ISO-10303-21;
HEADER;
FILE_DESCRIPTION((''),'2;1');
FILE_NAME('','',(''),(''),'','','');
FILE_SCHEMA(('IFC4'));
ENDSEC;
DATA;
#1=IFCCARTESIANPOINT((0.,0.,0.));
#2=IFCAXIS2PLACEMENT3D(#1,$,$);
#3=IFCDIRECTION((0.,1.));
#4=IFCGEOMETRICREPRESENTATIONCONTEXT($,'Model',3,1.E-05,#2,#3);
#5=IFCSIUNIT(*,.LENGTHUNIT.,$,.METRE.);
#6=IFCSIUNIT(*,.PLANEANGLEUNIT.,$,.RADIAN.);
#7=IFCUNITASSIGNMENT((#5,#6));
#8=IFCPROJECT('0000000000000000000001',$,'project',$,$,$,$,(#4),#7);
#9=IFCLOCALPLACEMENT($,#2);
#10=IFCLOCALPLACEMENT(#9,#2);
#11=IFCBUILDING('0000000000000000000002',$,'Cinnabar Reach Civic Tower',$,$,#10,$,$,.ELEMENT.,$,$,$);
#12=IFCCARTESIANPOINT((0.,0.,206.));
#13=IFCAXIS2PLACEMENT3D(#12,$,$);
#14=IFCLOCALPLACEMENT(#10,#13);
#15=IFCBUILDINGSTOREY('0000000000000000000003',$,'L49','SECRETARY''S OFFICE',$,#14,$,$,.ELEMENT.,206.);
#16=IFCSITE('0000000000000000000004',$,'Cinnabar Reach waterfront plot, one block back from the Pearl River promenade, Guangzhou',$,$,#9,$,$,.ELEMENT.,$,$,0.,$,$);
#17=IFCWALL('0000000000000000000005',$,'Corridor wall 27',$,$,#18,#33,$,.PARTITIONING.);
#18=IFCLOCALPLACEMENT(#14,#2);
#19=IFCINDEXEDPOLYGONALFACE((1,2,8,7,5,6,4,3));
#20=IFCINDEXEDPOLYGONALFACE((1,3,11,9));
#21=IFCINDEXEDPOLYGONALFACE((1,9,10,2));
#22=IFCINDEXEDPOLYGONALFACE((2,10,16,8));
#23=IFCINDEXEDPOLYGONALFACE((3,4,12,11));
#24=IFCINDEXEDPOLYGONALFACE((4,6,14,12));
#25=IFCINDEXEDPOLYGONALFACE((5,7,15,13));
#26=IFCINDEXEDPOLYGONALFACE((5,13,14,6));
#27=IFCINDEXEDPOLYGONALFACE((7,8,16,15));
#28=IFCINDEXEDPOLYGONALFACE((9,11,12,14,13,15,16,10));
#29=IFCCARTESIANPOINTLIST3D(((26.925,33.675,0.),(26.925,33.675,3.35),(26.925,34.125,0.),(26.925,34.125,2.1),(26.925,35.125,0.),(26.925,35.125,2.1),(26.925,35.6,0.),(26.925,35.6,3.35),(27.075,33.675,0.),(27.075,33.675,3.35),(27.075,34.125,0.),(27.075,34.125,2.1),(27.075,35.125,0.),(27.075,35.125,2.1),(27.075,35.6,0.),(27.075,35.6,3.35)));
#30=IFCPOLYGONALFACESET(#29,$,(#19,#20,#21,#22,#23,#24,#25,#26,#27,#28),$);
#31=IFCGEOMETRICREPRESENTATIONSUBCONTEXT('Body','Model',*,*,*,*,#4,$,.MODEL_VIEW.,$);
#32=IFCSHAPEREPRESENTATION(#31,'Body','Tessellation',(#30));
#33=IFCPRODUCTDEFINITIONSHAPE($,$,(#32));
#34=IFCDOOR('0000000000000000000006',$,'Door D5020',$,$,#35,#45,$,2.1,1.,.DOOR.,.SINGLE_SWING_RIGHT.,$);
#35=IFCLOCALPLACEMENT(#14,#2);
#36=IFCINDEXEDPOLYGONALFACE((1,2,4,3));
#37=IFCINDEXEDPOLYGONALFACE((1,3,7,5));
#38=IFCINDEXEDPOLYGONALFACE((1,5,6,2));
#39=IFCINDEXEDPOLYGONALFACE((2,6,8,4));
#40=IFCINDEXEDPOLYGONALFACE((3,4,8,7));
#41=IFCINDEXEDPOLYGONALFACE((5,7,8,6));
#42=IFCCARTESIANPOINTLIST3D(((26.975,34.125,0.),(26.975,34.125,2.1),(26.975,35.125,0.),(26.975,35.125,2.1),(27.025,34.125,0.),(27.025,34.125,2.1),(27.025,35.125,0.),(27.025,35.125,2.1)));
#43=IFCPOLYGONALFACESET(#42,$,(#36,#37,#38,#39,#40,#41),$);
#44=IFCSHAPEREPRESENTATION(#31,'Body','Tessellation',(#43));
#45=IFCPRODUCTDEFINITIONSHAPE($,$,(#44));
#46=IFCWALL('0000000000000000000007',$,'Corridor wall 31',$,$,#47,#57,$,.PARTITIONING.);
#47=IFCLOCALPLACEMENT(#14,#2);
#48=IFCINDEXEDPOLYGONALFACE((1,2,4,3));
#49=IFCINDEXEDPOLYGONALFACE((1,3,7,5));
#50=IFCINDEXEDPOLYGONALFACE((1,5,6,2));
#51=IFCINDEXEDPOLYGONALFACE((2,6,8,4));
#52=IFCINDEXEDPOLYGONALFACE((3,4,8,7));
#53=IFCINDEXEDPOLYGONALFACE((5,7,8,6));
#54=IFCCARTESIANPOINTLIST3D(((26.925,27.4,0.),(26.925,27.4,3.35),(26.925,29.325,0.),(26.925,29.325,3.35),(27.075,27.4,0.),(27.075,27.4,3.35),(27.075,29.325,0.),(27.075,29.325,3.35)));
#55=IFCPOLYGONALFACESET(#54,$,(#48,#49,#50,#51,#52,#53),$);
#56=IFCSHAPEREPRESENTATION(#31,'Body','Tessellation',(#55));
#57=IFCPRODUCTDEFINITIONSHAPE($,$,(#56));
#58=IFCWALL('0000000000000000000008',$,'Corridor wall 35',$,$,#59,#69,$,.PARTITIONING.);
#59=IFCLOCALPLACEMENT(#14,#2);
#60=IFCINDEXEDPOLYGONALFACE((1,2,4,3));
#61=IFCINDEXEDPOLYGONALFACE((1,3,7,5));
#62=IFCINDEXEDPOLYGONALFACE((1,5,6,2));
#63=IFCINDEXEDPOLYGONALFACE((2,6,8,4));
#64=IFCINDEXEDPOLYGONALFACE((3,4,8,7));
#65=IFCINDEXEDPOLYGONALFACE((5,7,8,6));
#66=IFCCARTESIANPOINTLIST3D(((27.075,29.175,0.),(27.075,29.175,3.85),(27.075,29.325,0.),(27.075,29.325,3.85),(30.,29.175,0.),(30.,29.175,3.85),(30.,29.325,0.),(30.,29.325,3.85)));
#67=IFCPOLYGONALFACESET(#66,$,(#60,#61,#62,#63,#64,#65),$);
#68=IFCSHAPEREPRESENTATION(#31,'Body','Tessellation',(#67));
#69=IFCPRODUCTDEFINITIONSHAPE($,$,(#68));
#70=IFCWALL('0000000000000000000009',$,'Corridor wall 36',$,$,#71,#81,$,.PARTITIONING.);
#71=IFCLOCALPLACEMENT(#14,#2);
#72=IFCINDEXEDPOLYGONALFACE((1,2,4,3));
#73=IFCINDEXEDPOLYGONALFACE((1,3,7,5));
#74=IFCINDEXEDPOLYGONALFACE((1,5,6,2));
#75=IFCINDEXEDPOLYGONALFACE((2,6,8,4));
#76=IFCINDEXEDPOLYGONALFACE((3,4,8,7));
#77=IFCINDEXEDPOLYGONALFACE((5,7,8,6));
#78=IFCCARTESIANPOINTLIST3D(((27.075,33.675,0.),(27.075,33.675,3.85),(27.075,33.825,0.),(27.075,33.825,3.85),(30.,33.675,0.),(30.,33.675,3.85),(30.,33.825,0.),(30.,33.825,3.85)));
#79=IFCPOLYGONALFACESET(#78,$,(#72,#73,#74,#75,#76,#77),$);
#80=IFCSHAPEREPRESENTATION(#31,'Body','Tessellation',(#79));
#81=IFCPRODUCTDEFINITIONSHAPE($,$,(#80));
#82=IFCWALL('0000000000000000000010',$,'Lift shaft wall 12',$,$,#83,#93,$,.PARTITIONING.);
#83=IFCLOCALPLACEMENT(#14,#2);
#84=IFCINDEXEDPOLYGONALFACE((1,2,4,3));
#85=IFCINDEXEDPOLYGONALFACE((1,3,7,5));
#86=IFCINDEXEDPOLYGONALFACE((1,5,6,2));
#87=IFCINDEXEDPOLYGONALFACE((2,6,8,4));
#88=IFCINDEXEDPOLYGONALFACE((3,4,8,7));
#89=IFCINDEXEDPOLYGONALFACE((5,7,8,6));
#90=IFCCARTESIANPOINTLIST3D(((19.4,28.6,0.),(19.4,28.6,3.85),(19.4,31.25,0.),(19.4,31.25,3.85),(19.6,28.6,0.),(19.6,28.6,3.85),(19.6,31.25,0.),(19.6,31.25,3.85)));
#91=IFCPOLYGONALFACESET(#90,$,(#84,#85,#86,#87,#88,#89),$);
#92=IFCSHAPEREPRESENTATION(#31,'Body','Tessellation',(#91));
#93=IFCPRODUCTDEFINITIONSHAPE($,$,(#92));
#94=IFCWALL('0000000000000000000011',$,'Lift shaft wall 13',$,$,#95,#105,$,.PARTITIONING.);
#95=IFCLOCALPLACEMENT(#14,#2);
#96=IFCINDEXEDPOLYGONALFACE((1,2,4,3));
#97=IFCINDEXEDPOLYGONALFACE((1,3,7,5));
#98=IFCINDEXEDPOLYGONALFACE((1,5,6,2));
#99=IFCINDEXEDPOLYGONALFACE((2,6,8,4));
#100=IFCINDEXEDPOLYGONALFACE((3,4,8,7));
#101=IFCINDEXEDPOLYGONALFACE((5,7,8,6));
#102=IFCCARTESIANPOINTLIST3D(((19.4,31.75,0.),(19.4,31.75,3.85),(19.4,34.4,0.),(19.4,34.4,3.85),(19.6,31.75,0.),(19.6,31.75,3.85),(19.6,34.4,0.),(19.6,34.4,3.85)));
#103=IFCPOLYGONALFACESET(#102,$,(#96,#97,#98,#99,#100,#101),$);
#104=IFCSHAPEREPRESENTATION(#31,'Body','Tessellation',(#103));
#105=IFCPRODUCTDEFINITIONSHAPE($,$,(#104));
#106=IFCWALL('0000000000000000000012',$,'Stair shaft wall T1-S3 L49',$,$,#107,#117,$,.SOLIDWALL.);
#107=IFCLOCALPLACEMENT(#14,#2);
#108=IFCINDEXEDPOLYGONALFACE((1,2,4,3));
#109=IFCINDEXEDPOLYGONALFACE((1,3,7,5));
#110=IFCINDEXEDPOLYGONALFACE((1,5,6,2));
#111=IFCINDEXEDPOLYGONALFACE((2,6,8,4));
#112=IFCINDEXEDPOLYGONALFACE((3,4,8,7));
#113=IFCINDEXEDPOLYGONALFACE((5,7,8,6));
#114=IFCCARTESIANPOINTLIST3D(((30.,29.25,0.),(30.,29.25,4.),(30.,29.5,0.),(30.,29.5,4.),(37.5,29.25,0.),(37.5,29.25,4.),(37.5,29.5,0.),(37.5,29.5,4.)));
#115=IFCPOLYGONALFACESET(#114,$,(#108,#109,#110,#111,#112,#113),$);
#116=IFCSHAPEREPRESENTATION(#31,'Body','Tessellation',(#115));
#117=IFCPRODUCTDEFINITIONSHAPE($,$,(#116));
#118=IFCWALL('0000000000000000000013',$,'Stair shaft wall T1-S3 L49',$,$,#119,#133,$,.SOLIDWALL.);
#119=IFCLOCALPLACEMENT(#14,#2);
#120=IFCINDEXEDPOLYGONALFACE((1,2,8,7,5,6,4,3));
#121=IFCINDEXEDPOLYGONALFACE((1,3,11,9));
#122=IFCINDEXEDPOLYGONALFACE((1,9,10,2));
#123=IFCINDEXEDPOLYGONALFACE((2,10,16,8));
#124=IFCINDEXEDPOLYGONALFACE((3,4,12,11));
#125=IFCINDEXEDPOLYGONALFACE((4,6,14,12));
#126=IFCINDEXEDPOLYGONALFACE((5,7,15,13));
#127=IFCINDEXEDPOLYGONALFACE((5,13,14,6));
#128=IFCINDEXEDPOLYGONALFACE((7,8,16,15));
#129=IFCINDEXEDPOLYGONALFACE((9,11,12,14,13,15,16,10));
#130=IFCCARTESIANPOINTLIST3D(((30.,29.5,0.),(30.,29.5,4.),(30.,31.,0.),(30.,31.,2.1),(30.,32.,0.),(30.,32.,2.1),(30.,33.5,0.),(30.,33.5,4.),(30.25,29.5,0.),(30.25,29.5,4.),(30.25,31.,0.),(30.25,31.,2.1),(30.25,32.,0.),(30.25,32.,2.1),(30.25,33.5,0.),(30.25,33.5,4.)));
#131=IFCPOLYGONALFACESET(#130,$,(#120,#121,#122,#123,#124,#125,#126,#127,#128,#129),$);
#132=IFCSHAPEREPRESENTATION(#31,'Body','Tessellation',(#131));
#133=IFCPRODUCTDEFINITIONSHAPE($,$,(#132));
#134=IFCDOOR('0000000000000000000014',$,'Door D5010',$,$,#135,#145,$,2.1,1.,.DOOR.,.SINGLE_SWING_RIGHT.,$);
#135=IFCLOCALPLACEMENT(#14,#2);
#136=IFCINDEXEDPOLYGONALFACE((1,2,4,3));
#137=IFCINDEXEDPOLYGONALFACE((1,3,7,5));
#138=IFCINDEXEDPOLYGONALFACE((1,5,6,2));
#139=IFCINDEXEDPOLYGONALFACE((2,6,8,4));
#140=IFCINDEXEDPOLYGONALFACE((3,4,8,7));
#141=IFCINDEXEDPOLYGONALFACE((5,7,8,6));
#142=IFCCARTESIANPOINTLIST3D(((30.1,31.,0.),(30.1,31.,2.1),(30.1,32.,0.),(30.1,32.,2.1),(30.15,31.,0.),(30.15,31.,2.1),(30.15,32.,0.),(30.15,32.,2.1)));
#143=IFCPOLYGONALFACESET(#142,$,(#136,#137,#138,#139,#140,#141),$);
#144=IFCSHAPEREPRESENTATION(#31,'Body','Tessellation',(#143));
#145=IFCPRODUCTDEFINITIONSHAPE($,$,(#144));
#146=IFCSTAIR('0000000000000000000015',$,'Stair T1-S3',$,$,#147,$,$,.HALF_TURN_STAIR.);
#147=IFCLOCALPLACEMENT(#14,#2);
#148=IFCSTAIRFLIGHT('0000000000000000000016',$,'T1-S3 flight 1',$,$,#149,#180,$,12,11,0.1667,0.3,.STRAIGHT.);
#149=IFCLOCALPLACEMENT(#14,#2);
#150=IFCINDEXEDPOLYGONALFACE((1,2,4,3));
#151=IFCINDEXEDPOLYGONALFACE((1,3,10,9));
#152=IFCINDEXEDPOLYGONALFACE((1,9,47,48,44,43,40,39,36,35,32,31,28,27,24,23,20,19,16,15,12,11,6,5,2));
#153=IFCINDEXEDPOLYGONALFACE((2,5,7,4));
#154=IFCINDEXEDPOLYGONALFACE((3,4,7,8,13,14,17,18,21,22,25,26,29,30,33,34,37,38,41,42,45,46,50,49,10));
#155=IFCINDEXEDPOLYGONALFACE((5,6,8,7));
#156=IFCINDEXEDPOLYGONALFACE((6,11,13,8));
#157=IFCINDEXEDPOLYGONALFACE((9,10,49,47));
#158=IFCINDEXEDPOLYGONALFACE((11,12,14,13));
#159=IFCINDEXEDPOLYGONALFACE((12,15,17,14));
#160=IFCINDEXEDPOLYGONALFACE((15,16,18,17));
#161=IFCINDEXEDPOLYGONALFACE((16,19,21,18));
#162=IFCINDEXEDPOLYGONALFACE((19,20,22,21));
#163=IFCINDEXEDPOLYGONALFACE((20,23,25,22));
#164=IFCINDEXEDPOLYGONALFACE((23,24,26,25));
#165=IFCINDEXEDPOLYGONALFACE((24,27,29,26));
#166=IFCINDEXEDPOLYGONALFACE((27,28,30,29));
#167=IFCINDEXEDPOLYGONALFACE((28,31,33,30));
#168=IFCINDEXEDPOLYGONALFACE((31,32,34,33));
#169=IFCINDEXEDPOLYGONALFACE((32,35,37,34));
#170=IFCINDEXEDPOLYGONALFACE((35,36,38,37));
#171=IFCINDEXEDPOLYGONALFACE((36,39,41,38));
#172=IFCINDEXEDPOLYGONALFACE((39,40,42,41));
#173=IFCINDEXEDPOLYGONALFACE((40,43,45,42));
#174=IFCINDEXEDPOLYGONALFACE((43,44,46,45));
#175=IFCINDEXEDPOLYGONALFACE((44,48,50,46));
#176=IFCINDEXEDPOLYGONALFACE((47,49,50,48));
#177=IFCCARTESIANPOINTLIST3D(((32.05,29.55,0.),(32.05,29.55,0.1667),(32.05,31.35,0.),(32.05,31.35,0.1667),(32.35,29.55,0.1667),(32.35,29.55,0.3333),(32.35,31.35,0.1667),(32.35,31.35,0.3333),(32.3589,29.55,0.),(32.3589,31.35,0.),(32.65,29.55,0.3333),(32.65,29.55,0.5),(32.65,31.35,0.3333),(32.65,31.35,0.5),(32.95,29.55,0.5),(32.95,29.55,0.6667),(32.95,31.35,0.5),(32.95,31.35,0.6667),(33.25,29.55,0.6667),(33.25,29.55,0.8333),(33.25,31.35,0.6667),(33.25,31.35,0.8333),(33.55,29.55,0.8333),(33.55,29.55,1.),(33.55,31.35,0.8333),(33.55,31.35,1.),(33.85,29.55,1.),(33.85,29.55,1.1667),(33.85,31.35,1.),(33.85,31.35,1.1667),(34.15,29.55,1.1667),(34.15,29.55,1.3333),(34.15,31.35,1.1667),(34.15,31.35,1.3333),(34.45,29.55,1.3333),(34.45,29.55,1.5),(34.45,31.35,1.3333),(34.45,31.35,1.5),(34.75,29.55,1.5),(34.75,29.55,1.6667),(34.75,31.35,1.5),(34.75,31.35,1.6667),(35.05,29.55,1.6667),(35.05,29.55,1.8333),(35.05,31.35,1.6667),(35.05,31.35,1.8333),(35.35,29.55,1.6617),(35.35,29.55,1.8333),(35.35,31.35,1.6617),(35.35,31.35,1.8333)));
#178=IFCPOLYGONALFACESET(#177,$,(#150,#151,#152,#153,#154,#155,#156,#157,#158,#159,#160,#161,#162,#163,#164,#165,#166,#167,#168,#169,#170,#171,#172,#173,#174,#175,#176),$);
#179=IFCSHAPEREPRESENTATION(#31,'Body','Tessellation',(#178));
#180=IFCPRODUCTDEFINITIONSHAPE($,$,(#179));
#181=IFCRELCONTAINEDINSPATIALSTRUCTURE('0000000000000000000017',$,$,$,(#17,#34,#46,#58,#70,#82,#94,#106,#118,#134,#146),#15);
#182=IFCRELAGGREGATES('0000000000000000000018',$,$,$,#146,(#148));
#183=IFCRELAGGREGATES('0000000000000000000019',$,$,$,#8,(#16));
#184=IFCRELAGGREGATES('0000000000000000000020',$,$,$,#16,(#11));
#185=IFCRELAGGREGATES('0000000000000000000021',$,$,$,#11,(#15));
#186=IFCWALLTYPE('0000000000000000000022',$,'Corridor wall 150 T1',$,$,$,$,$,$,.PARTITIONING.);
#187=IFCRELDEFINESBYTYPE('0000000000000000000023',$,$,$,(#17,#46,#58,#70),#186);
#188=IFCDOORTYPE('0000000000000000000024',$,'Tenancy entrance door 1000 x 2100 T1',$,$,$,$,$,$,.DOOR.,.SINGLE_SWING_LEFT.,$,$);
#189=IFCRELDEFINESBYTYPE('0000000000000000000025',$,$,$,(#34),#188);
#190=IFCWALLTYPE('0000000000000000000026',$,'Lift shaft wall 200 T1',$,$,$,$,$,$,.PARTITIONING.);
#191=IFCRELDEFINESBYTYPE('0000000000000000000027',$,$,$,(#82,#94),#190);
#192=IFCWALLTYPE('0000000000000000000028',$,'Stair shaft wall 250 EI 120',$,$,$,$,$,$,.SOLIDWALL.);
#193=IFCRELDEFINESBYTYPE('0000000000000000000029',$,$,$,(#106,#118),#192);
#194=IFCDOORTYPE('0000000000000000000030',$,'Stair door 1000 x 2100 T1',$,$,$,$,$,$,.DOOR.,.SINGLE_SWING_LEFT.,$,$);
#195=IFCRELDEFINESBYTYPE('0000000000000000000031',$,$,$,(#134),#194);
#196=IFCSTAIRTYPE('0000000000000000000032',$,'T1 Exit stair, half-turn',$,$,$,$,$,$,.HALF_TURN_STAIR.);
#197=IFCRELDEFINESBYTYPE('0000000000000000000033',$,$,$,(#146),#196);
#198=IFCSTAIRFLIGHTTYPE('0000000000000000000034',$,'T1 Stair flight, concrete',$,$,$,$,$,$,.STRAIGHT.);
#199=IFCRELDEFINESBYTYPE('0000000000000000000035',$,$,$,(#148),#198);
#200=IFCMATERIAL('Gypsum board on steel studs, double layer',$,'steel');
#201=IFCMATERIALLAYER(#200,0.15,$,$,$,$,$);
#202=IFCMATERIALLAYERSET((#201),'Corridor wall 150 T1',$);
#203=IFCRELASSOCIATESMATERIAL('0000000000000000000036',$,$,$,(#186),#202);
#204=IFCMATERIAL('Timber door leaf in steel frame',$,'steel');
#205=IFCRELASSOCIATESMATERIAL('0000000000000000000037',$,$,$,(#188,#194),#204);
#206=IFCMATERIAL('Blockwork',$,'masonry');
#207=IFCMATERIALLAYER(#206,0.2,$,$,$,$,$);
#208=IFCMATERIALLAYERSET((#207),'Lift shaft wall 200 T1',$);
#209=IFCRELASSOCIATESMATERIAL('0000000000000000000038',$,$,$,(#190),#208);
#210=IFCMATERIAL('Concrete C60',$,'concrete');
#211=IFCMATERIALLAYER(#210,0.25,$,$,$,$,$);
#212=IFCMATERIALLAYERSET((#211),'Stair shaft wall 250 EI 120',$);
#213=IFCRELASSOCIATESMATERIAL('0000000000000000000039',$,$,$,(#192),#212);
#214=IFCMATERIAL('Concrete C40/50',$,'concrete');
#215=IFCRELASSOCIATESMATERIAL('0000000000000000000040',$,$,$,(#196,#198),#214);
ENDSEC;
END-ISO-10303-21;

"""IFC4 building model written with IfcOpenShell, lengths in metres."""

from ifc_helpers import new_model, si_unit, direction, frame, frame_2d, origin, place, context, subcontext, project, spatial, polyline, rectangle, outline, extrude, material, layer, layer_set, type_object, element, fill, aggregate, save


model = new_model("IFC4")

# Units and contexts
model_context = context("Model", 3, precision=1e-05, world=origin(), true_north=direction((0.0, 1.0)))
body_context = subcontext(model_context, "Body", "Model", "MODEL_VIEW")
ifc_project = project(units=[si_unit("LENGTHUNIT", "METRE"), si_unit("PLANEANGLEUNIT", "RADIAN")], contexts=[model_context])

# Site, building, storey
site_placement = place(None, origin())
site = spatial("IfcSite", under=ifc_project, at=site_placement, Name="Cinnabar Reach waterfront plot, one block back from the Pearl River promenade, Guangzhou", CompositionType="ELEMENT", RefElevation=0.0)
building_placement = place(site_placement, origin())
building = spatial("IfcBuilding", under=site, at=building_placement, Name="Cinnabar Reach Civic Tower", CompositionType="ELEMENT")
storey_placement = place(building_placement, frame((0.0, 0.0, 206.0)))
storey = spatial("IfcBuildingStorey", under=building, at=storey_placement, Name="L49", Description="SECRETARY'S OFFICE", CompositionType="ELEMENT", Elevation=206.0)

# Shared definitions
ifc_material_1 = material(Name="Concrete C60", Category="concrete")

# Shared definitions
ifc_material_2 = material(Name="Timber door leaf in steel frame", Category="steel")

# Wall, opening, door
ifc_material_3 = material(Name="Gypsum board on steel studs, double layer", Category="steel")
ifc_layer_1 = layer(ifc_material_3, 0.15)
ifc_layer_set_1 = layer_set([ifc_layer_1], Name="Corridor wall 150 T1")
wall_type_1 = type_object("IfcWallType", Name="Corridor wall 150 T1", PredefinedType="PARTITIONING", material=ifc_layer_set_1)
wall_1_placement = place(storey_placement, frame((27.0, 33.675, 0.0), z_axis=(0.0, 0.0, 1.0), x_axis=(0.0, 1.0, 0.0)))
wall_1 = element("IfcWall", 1, at=wall_1_placement, inside=storey, type_object=wall_type_1, Name="Corridor wall 27", PredefinedType="PARTITIONING", context=body_context, shape_type="SweptSolid", body=[
    extrude(rectangle(XDim=1.925, YDim=0.15, at=frame_2d((0.9625, 0.0))), origin(), (0.0, 0.0, 1.0), 3.35),
])
opening_1_placement = place(wall_1_placement, frame((0.45, 0.0, 0.0)))
opening_1 = element("IfcOpeningElement", 2, at=opening_1_placement, cuts=wall_1, PredefinedType="OPENING", context=body_context, shape_type="SweptSolid", body=[
    extrude(rectangle(XDim=1.0, YDim=2.1, at=frame_2d((0.5, 1.05))), frame((0.0, 0.085, 0.0), z_axis=(0.0, -1.0, 0.0), x_axis=(1.0, 0.0, 0.0)), (0.0, 0.0, 1.0), 0.17),
])
door_type_1 = type_object("IfcDoorType", Name="Tenancy entrance door 1000 x 2100 T1", OperationType="SINGLE_SWING_LEFT", PredefinedType="DOOR", material=ifc_material_2)
door_1_placement = place(opening_1_placement, frame((1.0, 0.0, 0.0), z_axis=(0.0, 0.0, 1.0), x_axis=(-1.0, 0.0, 0.0)))
door_1 = element("IfcDoor", 3, at=door_1_placement, inside=storey, type_object=door_type_1, Name="Door D5020", OperationType="SINGLE_SWING_RIGHT", OverallHeight=2.1, OverallWidth=1.0, PredefinedType="DOOR", context=body_context, shape_type="SweptSolid", body=[
    extrude(rectangle(XDim=1.0, YDim=2.1, at=frame_2d((0.5, 1.05))), frame((0.0, 0.025, 0.0), z_axis=(0.0, -1.0, 0.0), x_axis=(1.0, 0.0, 0.0)), (0.0, 0.0, 1.0), 0.05),
])
fill(opening_1, door_1)

# Walls
wall_2_placement = place(storey_placement, frame((27.0, 27.4, 0.0), z_axis=(0.0, 0.0, 1.0), x_axis=(0.0, 1.0, 0.0)))
element("IfcWall", 4, at=wall_2_placement, inside=storey, type_object=wall_type_1, Name="Corridor wall 31", PredefinedType="PARTITIONING", context=body_context, shape_type="SweptSolid", body=[
    extrude(rectangle(XDim=1.925, YDim=0.15, at=frame_2d((0.9625, 0.0))), origin(), (0.0, 0.0, 1.0), 3.35),
])
for number, where, z_axis, x_axis, name in (
    (5, (27.075, 29.25, 0.0), (0.0, 0.0, 1.0), (1.0, 0.0, 0.0), "Corridor wall 35"),
    (6, (27.075, 33.75, 0.0), (0.0, 0.0, 1.0), (1.0, 0.0, 0.0), "Corridor wall 36"),
):
    element("IfcWall", number, at=place(storey_placement, frame(where, z_axis=z_axis, x_axis=x_axis)), inside=storey, type_object=wall_type_1, Name=name, PredefinedType="PARTITIONING", context=body_context, shape_type="SweptSolid", body=[
        extrude(rectangle(XDim=2.925, YDim=0.15, at=frame_2d((1.4625, 0.0))), origin(), (0.0, 0.0, 1.0), 3.85),
    ])
ifc_material_4 = material(Name="Blockwork", Category="masonry")
ifc_layer_2 = layer(ifc_material_4, 0.2)
ifc_layer_set_2 = layer_set([ifc_layer_2], Name="Lift shaft wall 200 T1")
wall_type_2 = type_object("IfcWallType", Name="Lift shaft wall 200 T1", PredefinedType="PARTITIONING", material=ifc_layer_set_2)
for number, where, z_axis, x_axis, name in (
    (7, (19.5, 28.6, 0.0), (0.0, 0.0, 1.0), (0.0, 1.0, 0.0), "Lift shaft wall 12"),
    (8, (19.5, 31.75, 0.0), (0.0, 0.0, 1.0), (0.0, 1.0, 0.0), "Lift shaft wall 13"),
):
    element("IfcWall", number, at=place(storey_placement, frame(where, z_axis=z_axis, x_axis=x_axis)), inside=storey, type_object=wall_type_2, Name=name, PredefinedType="PARTITIONING", context=body_context, shape_type="SweptSolid", body=[
        extrude(rectangle(XDim=2.65, YDim=0.2, at=frame_2d((1.325, 0.0))), origin(), (0.0, 0.0, 1.0), 3.85),
    ])
ifc_layer_3 = layer(ifc_material_1, 0.25)
ifc_layer_set_3 = layer_set([ifc_layer_3], Name="Stair shaft wall 250 EI 120")
wall_type_3 = type_object("IfcWallType", Name="Stair shaft wall 250 EI 120", PredefinedType="SOLIDWALL", material=ifc_layer_set_3)
wall_3_placement = place(storey_placement, frame((30.0, 29.375, 0.0), z_axis=(0.0, 0.0, 1.0), x_axis=(1.0, 0.0, 0.0)))
element("IfcWall", 9, at=wall_3_placement, inside=storey, type_object=wall_type_3, Name="Stair shaft wall T1-S3 L49", PredefinedType="SOLIDWALL", context=body_context, shape_type="SweptSolid", body=[
    extrude(rectangle(XDim=7.5, YDim=0.25, at=frame_2d((3.75, 0.0))), origin(), (0.0, 0.0, 1.0), 4.0),
])

# Wall, opening, door
wall_4_placement = place(storey_placement, frame((30.125, 33.5, 0.0), z_axis=(0.0, 0.0, 1.0), x_axis=(0.0, -1.0, 0.0)))
wall_4 = element("IfcWall", 10, at=wall_4_placement, inside=storey, type_object=wall_type_3, Name="Stair shaft wall T1-S3 L49", PredefinedType="SOLIDWALL", context=body_context, shape_type="SweptSolid", body=[
    extrude(rectangle(XDim=4.0, YDim=0.25, at=frame_2d((2.0, 0.0))), origin(), (0.0, 0.0, 1.0), 4.0),
])
opening_2_placement = place(wall_4_placement, frame((1.5, 0.0, 0.0)))
opening_2 = element("IfcOpeningElement", 11, at=opening_2_placement, cuts=wall_4, PredefinedType="OPENING", context=body_context, shape_type="SweptSolid", body=[
    extrude(rectangle(XDim=1.0, YDim=2.1, at=frame_2d((0.5, 1.05))), frame((0.0, 0.135, 0.0), z_axis=(0.0, -1.0, 0.0), x_axis=(1.0, 0.0, 0.0)), (0.0, 0.0, 1.0), 0.27),
])
door_type_2 = type_object("IfcDoorType", Name="Stair door 1000 x 2100 T1", OperationType="SINGLE_SWING_LEFT", PredefinedType="DOOR", material=ifc_material_2)
door_2_placement = place(opening_2_placement, origin())
door_2 = element("IfcDoor", 12, at=door_2_placement, inside=storey, type_object=door_type_2, Name="Door D5010", OperationType="SINGLE_SWING_RIGHT", OverallHeight=2.1, OverallWidth=1.0, PredefinedType="DOOR", context=body_context, shape_type="SweptSolid", body=[
    extrude(rectangle(XDim=1.0, YDim=2.1, at=frame_2d((0.5, 1.05))), frame((0.0, 0.025, 0.0), z_axis=(0.0, -1.0, 0.0), x_axis=(1.0, 0.0, 0.0)), (0.0, 0.0, 1.0), 0.05),
])
fill(opening_2, door_2)

# Stair, stair flight
ifc_material_5 = material(Name="Concrete C40/50", Category="concrete")
stair_type = type_object("IfcStairType", Name="T1 Exit stair, half-turn", PredefinedType="HALF_TURN_STAIR", material=ifc_material_5)
stair_placement = place(storey_placement, origin())
stair = element("IfcStair", 13, at=stair_placement, inside=storey, type_object=stair_type, Name="Stair T1-S3", PredefinedType="HALF_TURN_STAIR")
stair_flight_type = type_object("IfcStairFlightType", Name="T1 Stair flight, concrete", PredefinedType="STRAIGHT", material=ifc_material_5)
stair_flight_placement = place(storey_placement, frame((32.05, 30.45, 0.0), z_axis=(0.0, 0.0, 1.0), x_axis=(1.0, 0.0, 0.0)))
stair_flight = element("IfcStairFlight", 14, at=stair_flight_placement, type_object=stair_flight_type, Name="T1-S3 flight 1", NumberOfRisers=12, NumberOfTreads=11, PredefinedType="STRAIGHT", RiserHeight=0.1667, TreadLength=0.3, context=body_context, shape_type="SweptSolid", body=[
    extrude(outline(polyline([(0.0, 0.0), (0.0, 0.1667), (0.3, 0.1667), (0.3, 0.3333), (0.6, 0.3333), (0.6, 0.5), (0.9, 0.5), (0.9, 0.6667), (1.2, 0.6667), (1.2, 0.8333), (1.5, 0.8333), (1.5, 1.0), (1.8, 1.0), (1.8, 1.1667), (2.1, 1.1667), (2.1, 1.3333), (2.4, 1.3333), (2.4, 1.5), (2.7, 1.5), (2.7, 1.6667), (3.0, 1.6667), (3.0, 1.8333), (3.3, 1.8333), (3.3, 2.0), (3.3, 1.6617), (0.3089, 0.0), (0.0, 0.0)])), frame((0.0, 0.9, 0.0), z_axis=(0.0, -1.0, 0.0), x_axis=(1.0, 0.0, 0.0)), (0.0, 0.0, 1.0), 1.8),
])
aggregate(stair, [stair_flight])

save(model, "model.ifc")
